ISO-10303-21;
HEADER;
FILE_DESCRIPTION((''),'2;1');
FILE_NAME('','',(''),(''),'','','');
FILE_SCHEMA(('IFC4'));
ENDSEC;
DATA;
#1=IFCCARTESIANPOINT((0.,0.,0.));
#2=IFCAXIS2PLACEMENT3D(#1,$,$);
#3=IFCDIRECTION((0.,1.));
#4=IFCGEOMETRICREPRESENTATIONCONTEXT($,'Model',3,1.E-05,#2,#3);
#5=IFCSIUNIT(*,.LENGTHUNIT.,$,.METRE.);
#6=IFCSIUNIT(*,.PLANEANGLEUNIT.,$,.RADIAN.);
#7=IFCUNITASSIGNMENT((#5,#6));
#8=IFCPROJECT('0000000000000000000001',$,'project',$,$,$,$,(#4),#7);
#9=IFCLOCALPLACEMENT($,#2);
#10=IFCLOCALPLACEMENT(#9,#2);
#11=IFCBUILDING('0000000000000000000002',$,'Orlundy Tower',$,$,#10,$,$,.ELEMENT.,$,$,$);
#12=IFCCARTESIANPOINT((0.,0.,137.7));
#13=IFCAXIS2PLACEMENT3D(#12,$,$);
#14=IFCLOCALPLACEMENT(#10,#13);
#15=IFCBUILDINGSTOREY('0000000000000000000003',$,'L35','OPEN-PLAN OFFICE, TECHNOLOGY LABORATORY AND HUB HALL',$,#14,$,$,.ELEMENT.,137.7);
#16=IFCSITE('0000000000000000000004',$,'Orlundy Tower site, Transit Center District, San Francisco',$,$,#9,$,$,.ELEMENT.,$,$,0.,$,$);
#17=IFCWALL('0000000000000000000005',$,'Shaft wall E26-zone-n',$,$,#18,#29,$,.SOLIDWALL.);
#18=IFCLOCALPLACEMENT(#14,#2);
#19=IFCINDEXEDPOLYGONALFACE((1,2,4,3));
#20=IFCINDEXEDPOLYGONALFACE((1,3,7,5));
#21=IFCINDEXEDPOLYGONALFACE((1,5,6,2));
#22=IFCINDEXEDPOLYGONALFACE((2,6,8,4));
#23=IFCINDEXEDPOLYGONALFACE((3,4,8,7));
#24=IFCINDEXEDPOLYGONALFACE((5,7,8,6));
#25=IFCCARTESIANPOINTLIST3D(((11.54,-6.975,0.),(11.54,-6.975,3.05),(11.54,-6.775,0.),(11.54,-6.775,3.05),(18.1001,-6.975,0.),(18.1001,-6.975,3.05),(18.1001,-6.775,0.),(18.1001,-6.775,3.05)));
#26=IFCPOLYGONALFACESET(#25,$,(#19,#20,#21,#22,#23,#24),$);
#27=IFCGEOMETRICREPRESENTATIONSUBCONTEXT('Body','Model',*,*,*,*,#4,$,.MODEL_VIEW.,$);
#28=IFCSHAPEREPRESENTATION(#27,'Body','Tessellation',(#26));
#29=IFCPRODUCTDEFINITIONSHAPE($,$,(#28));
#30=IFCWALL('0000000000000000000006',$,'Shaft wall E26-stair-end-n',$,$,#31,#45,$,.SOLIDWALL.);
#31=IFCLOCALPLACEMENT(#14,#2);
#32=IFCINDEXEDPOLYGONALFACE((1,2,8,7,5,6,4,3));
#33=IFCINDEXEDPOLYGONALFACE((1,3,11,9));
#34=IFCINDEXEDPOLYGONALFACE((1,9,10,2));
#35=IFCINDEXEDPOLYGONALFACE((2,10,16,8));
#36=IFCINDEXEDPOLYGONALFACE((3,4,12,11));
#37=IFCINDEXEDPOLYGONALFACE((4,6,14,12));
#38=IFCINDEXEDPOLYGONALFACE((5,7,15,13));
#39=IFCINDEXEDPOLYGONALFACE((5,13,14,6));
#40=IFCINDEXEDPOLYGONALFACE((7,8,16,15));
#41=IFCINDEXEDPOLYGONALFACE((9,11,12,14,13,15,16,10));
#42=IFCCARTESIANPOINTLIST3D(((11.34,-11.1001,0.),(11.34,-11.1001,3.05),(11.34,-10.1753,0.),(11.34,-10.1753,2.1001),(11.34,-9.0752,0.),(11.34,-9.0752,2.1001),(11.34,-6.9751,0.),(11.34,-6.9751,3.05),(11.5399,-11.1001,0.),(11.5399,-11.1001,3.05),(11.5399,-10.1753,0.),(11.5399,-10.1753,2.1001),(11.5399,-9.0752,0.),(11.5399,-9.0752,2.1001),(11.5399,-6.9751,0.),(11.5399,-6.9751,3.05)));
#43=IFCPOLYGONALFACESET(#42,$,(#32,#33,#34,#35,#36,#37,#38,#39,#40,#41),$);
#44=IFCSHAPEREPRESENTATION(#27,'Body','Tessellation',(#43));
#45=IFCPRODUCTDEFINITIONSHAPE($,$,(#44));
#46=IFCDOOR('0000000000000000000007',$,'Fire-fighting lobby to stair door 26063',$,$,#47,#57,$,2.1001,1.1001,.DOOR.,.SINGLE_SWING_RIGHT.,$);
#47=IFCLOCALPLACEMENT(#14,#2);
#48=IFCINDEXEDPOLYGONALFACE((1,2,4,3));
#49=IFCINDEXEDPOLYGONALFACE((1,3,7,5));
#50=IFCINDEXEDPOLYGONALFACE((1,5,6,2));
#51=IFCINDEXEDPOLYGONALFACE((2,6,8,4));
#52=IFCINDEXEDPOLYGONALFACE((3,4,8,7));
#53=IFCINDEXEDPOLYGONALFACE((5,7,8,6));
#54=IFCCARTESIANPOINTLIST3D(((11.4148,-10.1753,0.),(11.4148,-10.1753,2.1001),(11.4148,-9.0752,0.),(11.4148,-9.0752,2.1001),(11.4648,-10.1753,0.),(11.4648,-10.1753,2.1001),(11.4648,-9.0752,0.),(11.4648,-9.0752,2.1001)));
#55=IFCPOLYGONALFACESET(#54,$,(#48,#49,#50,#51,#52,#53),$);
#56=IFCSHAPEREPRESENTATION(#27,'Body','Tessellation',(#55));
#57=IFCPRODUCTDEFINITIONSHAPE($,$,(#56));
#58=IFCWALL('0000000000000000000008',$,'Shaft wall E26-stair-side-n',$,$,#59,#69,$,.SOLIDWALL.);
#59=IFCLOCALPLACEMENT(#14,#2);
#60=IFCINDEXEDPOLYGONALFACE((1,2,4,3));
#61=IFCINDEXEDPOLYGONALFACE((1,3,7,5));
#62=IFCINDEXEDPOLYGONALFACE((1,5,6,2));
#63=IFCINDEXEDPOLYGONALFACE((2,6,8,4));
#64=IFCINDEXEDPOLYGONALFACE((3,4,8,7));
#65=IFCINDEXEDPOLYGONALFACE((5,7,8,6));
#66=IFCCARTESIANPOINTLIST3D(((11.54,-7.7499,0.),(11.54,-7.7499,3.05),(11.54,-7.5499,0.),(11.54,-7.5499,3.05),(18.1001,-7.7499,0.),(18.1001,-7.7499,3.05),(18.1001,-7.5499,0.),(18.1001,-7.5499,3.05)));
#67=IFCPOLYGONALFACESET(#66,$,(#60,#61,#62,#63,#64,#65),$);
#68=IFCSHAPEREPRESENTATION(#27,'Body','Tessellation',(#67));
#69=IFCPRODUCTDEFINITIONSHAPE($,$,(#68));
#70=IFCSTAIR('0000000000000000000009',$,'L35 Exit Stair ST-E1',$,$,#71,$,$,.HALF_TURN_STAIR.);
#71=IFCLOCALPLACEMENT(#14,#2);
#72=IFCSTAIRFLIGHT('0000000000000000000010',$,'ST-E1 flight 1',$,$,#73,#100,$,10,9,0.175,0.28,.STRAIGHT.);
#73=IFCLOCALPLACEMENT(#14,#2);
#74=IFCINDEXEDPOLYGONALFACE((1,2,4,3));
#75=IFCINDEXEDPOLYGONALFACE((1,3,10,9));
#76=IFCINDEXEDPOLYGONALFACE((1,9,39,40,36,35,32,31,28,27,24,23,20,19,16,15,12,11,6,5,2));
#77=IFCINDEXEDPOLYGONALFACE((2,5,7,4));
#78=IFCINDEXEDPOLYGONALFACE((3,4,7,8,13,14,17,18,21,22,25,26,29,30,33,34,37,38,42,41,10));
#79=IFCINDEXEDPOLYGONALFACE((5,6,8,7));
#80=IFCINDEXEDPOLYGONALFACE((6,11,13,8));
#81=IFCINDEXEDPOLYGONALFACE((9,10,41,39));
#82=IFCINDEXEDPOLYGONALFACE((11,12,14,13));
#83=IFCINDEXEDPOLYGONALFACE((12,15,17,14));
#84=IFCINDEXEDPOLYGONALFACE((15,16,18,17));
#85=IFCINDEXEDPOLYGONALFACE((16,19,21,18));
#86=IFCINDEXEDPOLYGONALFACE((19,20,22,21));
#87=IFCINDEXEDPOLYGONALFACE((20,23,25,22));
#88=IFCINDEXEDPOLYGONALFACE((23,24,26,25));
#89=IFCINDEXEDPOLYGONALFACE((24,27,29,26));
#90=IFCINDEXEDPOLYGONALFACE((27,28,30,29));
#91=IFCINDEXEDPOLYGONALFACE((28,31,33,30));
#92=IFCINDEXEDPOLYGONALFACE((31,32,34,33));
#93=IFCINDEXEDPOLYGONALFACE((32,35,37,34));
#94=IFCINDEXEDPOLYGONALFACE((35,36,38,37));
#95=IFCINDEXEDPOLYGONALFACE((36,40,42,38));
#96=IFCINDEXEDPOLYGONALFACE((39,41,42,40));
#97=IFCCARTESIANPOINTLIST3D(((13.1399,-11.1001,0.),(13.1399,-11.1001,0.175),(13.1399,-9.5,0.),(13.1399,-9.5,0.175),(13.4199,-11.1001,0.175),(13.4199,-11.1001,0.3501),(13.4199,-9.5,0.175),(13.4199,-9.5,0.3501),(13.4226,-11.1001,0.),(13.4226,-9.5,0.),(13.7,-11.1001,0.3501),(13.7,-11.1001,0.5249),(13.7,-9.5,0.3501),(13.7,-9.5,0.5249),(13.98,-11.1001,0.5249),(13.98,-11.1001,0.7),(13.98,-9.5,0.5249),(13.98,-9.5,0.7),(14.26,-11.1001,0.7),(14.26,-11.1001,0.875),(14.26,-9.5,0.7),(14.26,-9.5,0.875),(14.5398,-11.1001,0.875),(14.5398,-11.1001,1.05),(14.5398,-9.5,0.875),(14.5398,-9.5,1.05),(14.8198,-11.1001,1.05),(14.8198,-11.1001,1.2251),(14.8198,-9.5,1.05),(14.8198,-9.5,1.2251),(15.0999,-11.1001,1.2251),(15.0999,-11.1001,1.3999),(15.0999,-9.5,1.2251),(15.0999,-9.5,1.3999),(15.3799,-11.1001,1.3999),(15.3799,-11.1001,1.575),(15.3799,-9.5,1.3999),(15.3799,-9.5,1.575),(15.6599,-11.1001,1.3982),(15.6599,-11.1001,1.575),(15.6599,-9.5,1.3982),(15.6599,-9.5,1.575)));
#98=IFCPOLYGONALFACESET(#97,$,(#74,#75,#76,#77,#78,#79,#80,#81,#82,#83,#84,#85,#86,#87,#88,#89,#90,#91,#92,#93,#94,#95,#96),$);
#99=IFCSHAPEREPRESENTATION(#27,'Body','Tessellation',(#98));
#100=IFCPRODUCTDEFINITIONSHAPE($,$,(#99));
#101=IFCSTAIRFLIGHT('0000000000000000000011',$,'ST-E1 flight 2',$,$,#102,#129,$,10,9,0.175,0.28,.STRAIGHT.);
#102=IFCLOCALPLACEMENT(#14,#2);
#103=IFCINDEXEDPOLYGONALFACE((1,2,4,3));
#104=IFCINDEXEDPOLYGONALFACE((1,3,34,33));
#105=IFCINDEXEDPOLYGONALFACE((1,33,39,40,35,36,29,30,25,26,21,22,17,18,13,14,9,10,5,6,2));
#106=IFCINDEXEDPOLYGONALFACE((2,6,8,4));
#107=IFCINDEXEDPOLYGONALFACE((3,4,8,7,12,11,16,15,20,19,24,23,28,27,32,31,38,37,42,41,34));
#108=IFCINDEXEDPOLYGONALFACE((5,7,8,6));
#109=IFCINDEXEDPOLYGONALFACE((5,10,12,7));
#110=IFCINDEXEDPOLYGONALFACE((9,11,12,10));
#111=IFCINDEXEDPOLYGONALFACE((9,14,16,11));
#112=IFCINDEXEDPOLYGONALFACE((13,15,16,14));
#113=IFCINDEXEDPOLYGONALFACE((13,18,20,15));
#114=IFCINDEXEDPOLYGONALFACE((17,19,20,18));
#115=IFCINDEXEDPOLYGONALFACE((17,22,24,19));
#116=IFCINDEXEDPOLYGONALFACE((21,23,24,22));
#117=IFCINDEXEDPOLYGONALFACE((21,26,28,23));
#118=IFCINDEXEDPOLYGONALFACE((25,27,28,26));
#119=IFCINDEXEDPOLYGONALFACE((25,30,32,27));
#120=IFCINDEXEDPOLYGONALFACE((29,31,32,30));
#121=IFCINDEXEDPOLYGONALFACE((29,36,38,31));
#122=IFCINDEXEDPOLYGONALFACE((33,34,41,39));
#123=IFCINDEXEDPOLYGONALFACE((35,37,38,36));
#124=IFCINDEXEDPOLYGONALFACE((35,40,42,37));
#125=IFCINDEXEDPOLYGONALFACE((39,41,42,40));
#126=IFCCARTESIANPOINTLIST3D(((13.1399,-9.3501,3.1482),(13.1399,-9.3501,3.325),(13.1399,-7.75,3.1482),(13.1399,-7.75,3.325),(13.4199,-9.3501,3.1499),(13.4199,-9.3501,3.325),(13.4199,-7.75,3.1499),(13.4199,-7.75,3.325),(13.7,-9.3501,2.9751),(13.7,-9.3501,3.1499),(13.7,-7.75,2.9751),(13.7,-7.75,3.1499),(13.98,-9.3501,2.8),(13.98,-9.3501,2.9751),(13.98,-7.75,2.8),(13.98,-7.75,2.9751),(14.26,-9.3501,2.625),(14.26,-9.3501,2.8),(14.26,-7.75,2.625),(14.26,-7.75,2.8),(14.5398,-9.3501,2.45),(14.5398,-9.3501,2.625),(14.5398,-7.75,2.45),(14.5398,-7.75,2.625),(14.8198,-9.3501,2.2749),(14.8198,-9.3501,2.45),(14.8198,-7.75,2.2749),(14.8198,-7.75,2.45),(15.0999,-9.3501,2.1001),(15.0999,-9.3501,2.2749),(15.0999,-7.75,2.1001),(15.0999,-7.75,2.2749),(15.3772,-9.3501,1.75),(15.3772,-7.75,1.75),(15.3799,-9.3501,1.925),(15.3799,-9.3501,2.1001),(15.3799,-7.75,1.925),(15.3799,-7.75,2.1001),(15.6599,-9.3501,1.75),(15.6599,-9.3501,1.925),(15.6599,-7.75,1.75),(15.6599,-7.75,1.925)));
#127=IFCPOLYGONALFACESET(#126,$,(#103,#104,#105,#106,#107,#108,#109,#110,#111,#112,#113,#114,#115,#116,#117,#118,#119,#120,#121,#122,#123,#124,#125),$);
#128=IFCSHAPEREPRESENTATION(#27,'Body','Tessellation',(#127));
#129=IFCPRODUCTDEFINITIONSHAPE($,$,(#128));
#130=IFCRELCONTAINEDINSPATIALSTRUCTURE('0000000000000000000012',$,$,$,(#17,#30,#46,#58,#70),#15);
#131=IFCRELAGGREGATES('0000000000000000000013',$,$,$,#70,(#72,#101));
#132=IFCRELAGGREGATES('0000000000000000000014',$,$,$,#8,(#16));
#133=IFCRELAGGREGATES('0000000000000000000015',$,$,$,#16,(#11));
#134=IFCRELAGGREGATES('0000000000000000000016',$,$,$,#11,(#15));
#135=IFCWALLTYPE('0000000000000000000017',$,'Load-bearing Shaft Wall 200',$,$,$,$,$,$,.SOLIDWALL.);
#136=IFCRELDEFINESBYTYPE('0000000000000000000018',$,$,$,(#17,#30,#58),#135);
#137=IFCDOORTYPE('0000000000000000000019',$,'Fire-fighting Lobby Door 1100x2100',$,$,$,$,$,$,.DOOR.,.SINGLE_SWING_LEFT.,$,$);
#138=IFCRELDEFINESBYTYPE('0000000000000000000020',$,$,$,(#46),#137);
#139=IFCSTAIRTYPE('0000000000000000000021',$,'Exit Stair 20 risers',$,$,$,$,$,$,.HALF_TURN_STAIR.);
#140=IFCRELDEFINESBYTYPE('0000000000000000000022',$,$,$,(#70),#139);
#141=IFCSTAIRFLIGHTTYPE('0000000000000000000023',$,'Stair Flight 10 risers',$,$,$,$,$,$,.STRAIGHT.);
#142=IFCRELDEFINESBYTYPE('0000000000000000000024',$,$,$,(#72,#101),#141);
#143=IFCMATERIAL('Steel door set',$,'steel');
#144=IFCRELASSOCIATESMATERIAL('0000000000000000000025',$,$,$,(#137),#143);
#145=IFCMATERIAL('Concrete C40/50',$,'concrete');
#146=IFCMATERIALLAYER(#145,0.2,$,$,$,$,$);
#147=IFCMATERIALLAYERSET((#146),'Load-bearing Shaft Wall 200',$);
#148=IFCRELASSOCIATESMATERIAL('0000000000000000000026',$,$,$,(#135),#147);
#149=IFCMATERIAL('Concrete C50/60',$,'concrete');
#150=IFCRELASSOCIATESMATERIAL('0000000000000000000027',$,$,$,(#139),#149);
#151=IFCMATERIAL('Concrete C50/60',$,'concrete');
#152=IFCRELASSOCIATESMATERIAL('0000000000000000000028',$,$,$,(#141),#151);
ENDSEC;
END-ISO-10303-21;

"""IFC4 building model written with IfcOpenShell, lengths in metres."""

from ifc_helpers import new_model, si_unit, direction, frame, frame_2d, origin, place, context, subcontext, project, spatial, polyline, rectangle, outline, extrude, material, layer, layer_set, type_object, element, fill, aggregate, save


model = new_model("IFC4")

# Units and contexts
model_context = context("Model", 3, precision=1e-05, world=origin(), true_north=direction((0.0, 1.0)))
body_context = subcontext(model_context, "Body", "Model", "MODEL_VIEW")
ifc_project = project(units=[si_unit("LENGTHUNIT", "METRE"), si_unit("PLANEANGLEUNIT", "RADIAN")], contexts=[model_context])

# Site, building, storey
site_placement = place(None, origin())
site = spatial("IfcSite", under=ifc_project, at=site_placement, Name="Orlundy Tower site, Transit Center District, San Francisco", CompositionType="ELEMENT", RefElevation=0.0)
building_placement = place(site_placement, origin())
building = spatial("IfcBuilding", under=site, at=building_placement, Name="Orlundy Tower", CompositionType="ELEMENT")
storey_placement = place(building_placement, frame((0.0, 0.0, 137.7)))
storey = spatial("IfcBuildingStorey", under=building, at=storey_placement, Name="L35", Description="OPEN-PLAN OFFICE, TECHNOLOGY LABORATORY AND HUB HALL", CompositionType="ELEMENT", Elevation=137.7)

# Shared definitions
ifc_material_1 = material(Name="Steel door set", Category="steel")
door_type_1 = type_object("IfcDoorType", Name="Fire-fighting Lobby Door 1100x2100", OperationType="SINGLE_SWING_LEFT", PredefinedType="DOOR", material=ifc_material_1)

# Wall
ifc_material_2 = material(Name="Concrete C40/50", Category="concrete")
ifc_layer_1 = layer(ifc_material_2, 0.2)
ifc_layer_set_1 = layer_set([ifc_layer_1], Name="Load-bearing Shaft Wall 200")
wall_type_1 = type_object("IfcWallType", Name="Load-bearing Shaft Wall 200", PredefinedType="SOLIDWALL", material=ifc_layer_set_1)
wall_1_placement = place(storey_placement, frame((11.54, -6.875, 0.0), z_axis=(0.0, 0.0, 1.0), x_axis=(1.0, 0.0, 0.0)))
element("IfcWall", 1, at=wall_1_placement, inside=storey, type_object=wall_type_1, Name="Shaft wall E26-zone-n", PredefinedType="SOLIDWALL", context=body_context, shape_type="SweptSolid", body=[
    extrude(rectangle(XDim=6.5601, YDim=0.2, at=frame_2d((3.28, 0.0))), origin(), (0.0, 0.0, 1.0), 3.05),
])

# Wall, opening, door
wall_2_placement = place(storey_placement, frame((11.4399, -6.9751, 0.0), z_axis=(0.0, 0.0, 1.0), x_axis=(0.0, -1.0, 0.0)))
wall_2 = element("IfcWall", 2, at=wall_2_placement, inside=storey, type_object=wall_type_1, Name="Shaft wall E26-stair-end-n", PredefinedType="SOLIDWALL", context=body_context, shape_type="SweptSolid", body=[
    extrude(rectangle(XDim=4.125, YDim=0.2, at=frame_2d((2.0625, 0.0))), origin(), (0.0, 0.0, 1.0), 3.05),
])
opening_1_placement = place(wall_2_placement, frame((2.1001, 0.0, 0.0)))
opening_1 = element("IfcOpeningElement", 3, at=opening_1_placement, cuts=wall_2, PredefinedType="OPENING", context=body_context, shape_type="SweptSolid", body=[
    extrude(rectangle(XDim=1.1001, YDim=2.1001, at=frame_2d((0.55, 1.05))), frame((0.0, 0.1101, 0.0), z_axis=(0.0, -1.0, 0.0), x_axis=(1.0, 0.0, 0.0)), (0.0, 0.0, 1.0), 0.2202),
])
door_1_placement = place(opening_1_placement, origin())
door_1 = element("IfcDoor", 4, at=door_1_placement, inside=storey, type_object=door_type_1, Name="Fire-fighting lobby to stair door 26063", OperationType="SINGLE_SWING_RIGHT", OverallHeight=2.1001, OverallWidth=1.1001, PredefinedType="DOOR", context=body_context, shape_type="SweptSolid", body=[
    extrude(rectangle(XDim=1.1001, YDim=2.1001, at=frame_2d((0.55, 1.05))), frame((0.0, 0.0249, 0.0), z_axis=(0.0, -1.0, 0.0), x_axis=(1.0, 0.0, 0.0)), (0.0, 0.0, 1.0), 0.05),
])
fill(opening_1, door_1)

# Wall
wall_3_placement = place(storey_placement, frame((11.54, -7.6499, 0.0), z_axis=(0.0, 0.0, 1.0), x_axis=(1.0, 0.0, 0.0)))
element("IfcWall", 5, at=wall_3_placement, inside=storey, type_object=wall_type_1, Name="Shaft wall E26-stair-side-n", PredefinedType="SOLIDWALL", context=body_context, shape_type="SweptSolid", body=[
    extrude(rectangle(XDim=6.5601, YDim=0.2, at=frame_2d((3.28, 0.0))), origin(), (0.0, 0.0, 1.0), 3.05),
])

# Stair, stair flights
ifc_material_3 = material(Name="Concrete C50/60", Category="concrete")
stair_type = type_object("IfcStairType", Name="Exit Stair 20 risers", PredefinedType="HALF_TURN_STAIR", material=ifc_material_3)
stair_placement = place(storey_placement, origin())
stair = element("IfcStair", 6, at=stair_placement, inside=storey, type_object=stair_type, Name="L35 Exit Stair ST-E1", PredefinedType="HALF_TURN_STAIR")
ifc_material_4 = material(Name="Concrete C50/60", Category="concrete")
stair_flight_type = type_object("IfcStairFlightType", Name="Stair Flight 10 risers", PredefinedType="STRAIGHT", material=ifc_material_4)
stair_flight_1_placement = place(storey_placement, frame((13.1399, -10.3, 0.0), z_axis=(0.0, 0.0, 1.0), x_axis=(1.0, 0.0, 0.0)))
stair_flight_1 = element("IfcStairFlight", 7, at=stair_flight_1_placement, type_object=stair_flight_type, Name="ST-E1 flight 1", NumberOfRisers=10, NumberOfTreads=9, PredefinedType="STRAIGHT", RiserHeight=0.175, TreadLength=0.28, context=body_context, shape_type="SweptSolid", body=[
    extrude(outline(polyline([(0.0, 0.0), (0.0, 0.175), (0.28, 0.175), (0.28, 0.3501), (0.5601, 0.3501), (0.5601, 0.5249), (0.8401, 0.5249), (0.8401, 0.7), (1.1201, 0.7), (1.1201, 0.875), (1.3999, 0.875), (1.3999, 1.05), (1.6799, 1.05), (1.6799, 1.2251), (1.96, 1.2251), (1.96, 1.3999), (2.24, 1.3999), (2.24, 1.575), (2.52, 1.575), (2.52, 1.75), (2.52, 1.3982), (0.2827, 0.0), (0.0, 0.0)])), frame((0.0, 0.8, 0.0), z_axis=(0.0, -1.0, 0.0), x_axis=(1.0, 0.0, 0.0)), (0.0, 0.0, 1.0), 1.6001),
])
stair_flight_2_placement = place(storey_placement, frame((15.6599, -8.55, 1.75), z_axis=(0.0, 0.0, 1.0), x_axis=(-1.0, 0.0, 0.0)))
stair_flight_2 = element("IfcStairFlight", 8, at=stair_flight_2_placement, type_object=stair_flight_type, Name="ST-E1 flight 2", NumberOfRisers=10, NumberOfTreads=9, PredefinedType="STRAIGHT", RiserHeight=0.175, TreadLength=0.28, context=body_context, shape_type="SweptSolid", body=[
    extrude(outline(polyline([(0.0, 0.0), (0.0, 0.175), (0.28, 0.175), (0.28, 0.3501), (0.5601, 0.3501), (0.5601, 0.5249), (0.8401, 0.5249), (0.8401, 0.7), (1.1201, 0.7), (1.1201, 0.875), (1.3999, 0.875), (1.3999, 1.05), (1.6799, 1.05), (1.6799, 1.2251), (1.96, 1.2251), (1.96, 1.3999), (2.24, 1.3999), (2.24, 1.575), (2.52, 1.575), (2.52, 1.75), (2.52, 1.3982), (0.2827, 0.0), (0.0, 0.0)])), frame((0.0, 0.8, 0.0), z_axis=(0.0, -1.0, 0.0), x_axis=(1.0, 0.0, 0.0)), (0.0, 0.0, 1.0), 1.6001),
])
aggregate(stair, [stair_flight_1, stair_flight_2])

save(model, "model.ifc")
